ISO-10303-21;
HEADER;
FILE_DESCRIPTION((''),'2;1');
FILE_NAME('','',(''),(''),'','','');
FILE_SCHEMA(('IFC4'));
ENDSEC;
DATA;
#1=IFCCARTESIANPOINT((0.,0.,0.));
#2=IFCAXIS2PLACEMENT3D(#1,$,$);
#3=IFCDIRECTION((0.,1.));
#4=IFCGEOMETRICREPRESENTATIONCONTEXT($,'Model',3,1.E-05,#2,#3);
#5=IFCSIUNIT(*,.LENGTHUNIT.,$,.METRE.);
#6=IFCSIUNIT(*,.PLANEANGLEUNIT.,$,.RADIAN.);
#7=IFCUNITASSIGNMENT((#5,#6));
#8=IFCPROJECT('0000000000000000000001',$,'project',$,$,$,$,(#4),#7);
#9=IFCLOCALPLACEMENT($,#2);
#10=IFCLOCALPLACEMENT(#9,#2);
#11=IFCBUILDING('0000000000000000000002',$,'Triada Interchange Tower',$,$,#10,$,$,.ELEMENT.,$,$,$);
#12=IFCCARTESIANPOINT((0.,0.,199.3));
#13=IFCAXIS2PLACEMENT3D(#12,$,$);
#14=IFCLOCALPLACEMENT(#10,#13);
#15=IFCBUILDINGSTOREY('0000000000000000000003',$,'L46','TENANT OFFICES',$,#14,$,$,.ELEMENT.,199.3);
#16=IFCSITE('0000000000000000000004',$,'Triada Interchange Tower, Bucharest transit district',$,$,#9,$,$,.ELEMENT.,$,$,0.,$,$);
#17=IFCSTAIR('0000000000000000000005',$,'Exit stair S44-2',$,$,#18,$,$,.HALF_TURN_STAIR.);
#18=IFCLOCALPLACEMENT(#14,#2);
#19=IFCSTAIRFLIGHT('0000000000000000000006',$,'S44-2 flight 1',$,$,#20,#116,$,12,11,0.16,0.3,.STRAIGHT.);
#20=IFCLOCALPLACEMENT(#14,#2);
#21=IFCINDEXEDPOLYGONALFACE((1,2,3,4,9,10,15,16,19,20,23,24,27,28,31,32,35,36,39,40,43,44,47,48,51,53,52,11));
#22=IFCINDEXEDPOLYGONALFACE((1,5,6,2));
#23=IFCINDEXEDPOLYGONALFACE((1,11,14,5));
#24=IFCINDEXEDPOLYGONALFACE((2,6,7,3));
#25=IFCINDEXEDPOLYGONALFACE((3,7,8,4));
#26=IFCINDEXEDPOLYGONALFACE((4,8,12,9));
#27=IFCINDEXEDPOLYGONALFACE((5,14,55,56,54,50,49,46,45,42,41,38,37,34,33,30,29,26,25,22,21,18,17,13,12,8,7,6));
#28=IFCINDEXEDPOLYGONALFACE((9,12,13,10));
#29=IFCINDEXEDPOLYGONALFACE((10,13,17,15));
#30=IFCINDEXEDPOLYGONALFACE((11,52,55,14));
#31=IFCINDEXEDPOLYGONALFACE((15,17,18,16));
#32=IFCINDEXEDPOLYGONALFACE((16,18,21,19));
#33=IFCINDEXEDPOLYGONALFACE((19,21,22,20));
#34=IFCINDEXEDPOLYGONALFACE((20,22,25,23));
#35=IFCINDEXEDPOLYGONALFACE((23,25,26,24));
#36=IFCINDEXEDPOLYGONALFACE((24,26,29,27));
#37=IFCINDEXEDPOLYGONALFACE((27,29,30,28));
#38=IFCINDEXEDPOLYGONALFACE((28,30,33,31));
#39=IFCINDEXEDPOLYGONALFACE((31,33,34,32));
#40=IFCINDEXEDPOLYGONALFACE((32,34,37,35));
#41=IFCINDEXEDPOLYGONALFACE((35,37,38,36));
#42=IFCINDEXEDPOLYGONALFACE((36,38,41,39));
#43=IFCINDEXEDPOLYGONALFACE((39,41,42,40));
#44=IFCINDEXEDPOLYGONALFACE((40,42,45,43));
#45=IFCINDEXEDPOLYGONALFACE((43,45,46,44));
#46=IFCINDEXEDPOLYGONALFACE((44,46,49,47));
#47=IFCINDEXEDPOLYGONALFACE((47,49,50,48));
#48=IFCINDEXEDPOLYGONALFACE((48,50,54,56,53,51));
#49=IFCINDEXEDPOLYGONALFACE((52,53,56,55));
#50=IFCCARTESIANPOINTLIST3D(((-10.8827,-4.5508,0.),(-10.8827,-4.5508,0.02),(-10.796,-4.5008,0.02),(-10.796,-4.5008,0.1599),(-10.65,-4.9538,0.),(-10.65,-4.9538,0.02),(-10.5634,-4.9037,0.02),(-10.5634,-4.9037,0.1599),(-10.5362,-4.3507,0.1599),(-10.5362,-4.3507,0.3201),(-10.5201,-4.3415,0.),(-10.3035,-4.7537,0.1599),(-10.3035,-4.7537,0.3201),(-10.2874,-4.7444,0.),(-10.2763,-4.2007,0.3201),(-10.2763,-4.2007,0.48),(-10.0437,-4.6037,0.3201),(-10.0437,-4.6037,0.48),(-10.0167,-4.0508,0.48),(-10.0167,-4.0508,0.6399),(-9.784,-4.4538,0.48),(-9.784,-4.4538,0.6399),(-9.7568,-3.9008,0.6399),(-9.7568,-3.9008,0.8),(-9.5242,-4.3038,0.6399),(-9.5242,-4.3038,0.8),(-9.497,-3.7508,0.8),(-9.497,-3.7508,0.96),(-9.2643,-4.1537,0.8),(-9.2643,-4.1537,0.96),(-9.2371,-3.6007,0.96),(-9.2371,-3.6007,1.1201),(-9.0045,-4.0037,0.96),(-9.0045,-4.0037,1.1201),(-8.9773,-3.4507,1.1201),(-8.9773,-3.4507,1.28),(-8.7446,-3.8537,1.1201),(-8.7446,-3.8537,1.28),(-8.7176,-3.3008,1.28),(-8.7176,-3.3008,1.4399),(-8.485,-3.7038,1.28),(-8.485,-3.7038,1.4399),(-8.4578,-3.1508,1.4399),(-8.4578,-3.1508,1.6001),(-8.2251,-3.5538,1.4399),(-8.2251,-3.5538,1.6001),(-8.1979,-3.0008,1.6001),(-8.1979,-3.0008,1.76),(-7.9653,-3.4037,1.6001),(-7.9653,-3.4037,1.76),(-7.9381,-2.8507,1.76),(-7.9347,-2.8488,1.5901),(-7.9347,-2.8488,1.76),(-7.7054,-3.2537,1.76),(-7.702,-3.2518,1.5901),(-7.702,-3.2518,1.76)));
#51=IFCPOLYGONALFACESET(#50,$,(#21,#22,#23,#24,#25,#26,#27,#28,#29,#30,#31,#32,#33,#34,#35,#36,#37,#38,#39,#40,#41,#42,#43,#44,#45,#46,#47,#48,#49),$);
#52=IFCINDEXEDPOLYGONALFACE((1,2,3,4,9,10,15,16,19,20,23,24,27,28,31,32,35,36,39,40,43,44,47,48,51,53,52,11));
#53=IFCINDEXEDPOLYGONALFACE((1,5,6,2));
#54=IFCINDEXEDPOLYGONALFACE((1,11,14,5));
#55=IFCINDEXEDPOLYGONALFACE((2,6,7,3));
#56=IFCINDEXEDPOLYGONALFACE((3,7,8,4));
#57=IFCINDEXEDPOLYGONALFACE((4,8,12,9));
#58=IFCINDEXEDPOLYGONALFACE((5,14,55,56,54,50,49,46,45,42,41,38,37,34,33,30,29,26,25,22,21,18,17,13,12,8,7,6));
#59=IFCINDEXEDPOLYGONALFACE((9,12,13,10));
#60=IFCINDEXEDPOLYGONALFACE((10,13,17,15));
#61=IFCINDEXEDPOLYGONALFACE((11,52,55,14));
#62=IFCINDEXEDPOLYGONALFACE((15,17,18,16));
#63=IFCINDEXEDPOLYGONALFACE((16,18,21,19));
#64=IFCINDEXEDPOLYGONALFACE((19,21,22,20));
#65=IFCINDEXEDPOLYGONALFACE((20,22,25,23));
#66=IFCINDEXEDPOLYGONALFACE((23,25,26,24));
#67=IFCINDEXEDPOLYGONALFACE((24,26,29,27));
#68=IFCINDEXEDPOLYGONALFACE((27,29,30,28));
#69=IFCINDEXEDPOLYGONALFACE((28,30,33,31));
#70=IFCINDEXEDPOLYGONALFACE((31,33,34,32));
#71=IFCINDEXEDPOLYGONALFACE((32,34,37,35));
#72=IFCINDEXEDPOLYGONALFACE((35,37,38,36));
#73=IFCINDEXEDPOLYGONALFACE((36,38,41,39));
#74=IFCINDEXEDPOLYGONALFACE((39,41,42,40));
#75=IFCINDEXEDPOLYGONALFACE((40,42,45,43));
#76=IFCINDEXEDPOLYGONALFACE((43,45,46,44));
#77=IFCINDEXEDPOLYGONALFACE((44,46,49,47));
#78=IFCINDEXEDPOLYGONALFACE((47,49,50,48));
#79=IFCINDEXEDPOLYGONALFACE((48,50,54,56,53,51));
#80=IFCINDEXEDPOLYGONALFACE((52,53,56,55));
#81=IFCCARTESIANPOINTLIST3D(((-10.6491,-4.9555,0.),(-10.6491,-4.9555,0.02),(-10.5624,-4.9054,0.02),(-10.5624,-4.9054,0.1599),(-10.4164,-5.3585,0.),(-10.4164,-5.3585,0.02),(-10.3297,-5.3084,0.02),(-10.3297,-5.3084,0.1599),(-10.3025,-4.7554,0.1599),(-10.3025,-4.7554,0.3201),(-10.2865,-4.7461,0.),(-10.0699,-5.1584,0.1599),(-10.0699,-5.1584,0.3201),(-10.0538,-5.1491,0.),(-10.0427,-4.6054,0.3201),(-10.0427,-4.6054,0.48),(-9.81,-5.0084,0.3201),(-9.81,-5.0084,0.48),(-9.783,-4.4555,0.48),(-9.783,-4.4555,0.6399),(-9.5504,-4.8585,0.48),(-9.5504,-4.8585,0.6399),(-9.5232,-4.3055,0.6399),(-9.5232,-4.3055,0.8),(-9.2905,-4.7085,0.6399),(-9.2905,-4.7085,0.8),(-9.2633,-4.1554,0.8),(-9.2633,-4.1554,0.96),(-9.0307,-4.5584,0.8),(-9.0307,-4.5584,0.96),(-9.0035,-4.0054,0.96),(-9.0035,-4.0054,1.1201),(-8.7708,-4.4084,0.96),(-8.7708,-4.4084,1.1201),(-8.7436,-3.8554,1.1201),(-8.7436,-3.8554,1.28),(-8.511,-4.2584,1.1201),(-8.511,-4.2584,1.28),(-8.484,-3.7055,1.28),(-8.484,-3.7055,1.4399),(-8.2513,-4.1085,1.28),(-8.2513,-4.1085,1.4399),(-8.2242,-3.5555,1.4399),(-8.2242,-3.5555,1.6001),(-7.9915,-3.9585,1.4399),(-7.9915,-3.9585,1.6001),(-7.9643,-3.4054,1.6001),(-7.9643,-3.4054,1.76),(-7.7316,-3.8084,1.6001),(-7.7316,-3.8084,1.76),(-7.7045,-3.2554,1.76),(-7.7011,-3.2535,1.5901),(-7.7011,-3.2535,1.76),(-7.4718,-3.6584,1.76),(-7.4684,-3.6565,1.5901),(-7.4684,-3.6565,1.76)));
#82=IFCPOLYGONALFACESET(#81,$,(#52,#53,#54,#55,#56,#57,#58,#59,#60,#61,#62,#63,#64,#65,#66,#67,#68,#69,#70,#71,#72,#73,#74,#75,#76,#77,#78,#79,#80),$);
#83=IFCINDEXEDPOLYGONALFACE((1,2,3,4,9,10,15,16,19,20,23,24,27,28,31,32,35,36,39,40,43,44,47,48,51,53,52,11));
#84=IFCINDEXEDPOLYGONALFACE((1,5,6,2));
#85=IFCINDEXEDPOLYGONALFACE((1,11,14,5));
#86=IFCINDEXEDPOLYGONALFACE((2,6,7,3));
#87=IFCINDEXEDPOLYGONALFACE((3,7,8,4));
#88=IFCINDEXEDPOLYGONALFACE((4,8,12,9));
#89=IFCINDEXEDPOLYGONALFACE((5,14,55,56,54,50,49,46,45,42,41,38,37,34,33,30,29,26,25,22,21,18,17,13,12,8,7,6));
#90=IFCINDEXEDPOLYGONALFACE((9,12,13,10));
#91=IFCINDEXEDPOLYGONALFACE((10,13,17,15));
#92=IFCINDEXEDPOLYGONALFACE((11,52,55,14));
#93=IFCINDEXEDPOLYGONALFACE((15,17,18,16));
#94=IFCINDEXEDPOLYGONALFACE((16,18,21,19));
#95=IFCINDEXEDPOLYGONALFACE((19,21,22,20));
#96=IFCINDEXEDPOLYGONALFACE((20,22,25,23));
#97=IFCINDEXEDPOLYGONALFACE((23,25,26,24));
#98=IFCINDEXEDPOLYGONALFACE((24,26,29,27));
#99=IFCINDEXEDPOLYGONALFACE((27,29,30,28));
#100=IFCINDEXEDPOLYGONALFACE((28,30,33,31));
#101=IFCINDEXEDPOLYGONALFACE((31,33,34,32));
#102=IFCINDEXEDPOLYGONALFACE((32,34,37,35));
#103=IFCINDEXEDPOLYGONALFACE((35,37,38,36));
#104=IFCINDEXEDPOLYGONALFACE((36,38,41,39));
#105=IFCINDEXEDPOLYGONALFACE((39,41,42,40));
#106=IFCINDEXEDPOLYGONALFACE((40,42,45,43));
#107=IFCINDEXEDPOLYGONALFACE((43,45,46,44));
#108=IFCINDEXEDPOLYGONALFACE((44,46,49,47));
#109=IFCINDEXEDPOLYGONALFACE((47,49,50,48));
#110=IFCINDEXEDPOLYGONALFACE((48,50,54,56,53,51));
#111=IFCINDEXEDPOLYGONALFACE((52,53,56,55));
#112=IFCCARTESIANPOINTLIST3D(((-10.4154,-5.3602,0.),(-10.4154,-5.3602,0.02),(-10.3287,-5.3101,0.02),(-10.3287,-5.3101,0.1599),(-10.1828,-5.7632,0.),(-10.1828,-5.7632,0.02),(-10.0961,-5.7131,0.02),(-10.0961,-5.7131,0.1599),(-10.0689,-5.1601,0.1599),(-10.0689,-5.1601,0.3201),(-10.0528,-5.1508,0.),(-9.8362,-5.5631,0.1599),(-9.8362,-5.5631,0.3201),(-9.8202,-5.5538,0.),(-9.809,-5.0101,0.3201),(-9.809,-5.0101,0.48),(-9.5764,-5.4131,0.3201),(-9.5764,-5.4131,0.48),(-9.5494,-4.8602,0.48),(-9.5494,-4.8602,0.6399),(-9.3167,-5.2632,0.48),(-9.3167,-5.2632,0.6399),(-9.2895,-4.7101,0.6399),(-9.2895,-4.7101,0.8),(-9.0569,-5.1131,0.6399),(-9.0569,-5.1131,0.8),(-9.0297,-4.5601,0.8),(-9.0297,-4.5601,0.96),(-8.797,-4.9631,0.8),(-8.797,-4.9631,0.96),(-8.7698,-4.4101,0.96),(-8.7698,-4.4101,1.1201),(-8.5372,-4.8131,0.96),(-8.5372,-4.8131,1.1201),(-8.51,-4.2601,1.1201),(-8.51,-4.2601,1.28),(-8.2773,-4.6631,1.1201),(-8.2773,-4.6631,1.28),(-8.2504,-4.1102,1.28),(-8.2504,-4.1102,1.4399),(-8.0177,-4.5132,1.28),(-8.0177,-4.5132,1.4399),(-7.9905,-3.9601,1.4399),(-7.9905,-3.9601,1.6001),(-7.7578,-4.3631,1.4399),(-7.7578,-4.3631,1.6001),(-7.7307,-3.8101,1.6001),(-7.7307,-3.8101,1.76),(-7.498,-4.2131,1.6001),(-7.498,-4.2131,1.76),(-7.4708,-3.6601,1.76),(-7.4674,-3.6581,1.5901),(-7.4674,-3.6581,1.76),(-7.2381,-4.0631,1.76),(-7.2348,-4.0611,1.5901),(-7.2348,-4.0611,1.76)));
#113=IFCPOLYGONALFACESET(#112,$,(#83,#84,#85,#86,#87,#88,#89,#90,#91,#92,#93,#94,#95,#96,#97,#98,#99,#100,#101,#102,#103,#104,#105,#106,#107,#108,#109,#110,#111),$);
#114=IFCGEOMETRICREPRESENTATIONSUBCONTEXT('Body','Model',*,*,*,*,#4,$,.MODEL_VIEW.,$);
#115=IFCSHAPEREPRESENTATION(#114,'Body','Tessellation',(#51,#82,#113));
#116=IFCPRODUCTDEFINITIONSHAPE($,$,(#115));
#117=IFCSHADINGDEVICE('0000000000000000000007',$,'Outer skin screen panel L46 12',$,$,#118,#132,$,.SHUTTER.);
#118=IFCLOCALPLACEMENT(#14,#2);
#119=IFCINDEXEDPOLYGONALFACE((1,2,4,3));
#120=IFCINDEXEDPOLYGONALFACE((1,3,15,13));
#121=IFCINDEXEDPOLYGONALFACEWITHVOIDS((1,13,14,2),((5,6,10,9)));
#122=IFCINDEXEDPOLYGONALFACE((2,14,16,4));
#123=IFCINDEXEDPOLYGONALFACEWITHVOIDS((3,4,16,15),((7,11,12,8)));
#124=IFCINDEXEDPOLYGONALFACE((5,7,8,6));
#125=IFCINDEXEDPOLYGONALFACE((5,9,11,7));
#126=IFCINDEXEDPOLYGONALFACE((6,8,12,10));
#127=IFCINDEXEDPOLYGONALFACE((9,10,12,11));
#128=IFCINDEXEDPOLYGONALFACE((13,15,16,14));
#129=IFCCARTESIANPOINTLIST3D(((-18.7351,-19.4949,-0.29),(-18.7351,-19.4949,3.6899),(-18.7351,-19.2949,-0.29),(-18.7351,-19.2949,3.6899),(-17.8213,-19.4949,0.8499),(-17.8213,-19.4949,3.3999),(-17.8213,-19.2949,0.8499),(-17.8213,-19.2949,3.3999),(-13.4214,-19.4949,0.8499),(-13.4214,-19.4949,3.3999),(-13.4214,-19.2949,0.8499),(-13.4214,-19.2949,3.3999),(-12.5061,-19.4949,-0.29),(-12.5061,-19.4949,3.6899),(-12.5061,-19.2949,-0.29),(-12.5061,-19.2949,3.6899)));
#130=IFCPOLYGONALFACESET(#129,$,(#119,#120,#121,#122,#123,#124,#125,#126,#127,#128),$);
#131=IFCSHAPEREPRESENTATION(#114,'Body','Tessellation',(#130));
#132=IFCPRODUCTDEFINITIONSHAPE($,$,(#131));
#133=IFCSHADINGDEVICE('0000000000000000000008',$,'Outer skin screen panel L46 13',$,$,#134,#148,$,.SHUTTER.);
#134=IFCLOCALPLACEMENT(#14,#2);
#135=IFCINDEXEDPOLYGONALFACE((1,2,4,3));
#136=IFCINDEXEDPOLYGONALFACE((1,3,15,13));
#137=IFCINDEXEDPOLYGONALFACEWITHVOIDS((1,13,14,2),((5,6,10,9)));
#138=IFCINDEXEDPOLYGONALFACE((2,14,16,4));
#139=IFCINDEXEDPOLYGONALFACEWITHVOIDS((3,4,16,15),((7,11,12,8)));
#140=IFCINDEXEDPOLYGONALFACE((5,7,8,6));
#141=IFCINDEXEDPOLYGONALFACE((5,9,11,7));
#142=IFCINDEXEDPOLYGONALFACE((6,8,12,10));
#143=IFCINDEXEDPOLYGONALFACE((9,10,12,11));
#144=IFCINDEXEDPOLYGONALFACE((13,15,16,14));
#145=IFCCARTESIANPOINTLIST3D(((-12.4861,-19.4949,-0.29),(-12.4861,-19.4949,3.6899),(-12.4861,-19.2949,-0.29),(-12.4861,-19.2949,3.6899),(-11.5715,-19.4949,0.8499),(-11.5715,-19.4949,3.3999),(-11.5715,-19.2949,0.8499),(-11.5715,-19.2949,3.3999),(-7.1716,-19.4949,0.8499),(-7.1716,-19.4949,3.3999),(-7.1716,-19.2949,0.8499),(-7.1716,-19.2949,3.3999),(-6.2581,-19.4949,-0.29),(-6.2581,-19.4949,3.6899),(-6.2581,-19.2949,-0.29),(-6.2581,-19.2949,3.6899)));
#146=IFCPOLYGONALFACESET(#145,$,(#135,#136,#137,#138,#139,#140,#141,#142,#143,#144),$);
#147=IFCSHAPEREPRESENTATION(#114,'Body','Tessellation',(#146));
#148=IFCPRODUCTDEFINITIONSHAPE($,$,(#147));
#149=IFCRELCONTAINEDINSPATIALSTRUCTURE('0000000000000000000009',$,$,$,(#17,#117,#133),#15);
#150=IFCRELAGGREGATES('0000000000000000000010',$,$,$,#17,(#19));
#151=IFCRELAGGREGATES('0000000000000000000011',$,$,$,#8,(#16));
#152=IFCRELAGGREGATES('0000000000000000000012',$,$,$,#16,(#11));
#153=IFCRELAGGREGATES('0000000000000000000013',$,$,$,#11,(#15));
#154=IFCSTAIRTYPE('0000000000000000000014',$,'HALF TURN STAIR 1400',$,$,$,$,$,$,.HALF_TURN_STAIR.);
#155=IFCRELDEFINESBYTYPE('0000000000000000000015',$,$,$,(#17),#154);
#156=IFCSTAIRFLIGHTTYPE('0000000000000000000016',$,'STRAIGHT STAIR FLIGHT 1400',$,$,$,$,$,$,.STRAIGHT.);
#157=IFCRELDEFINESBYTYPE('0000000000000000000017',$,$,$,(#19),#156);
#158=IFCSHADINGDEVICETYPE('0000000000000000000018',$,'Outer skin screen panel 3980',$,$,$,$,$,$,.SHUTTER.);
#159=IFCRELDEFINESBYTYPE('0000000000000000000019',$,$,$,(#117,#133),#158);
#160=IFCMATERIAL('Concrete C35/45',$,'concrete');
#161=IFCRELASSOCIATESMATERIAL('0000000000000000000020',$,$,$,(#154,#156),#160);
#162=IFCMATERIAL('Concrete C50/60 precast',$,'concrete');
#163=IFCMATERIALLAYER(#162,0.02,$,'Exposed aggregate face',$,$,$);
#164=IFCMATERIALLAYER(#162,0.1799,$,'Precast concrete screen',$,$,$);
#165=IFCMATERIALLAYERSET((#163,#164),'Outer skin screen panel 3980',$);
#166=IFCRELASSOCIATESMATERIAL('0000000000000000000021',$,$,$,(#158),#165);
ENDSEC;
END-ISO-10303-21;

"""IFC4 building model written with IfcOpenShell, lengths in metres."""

from ifc_helpers import new_model, si_unit, direction, frame, origin, place, context, subcontext, project, spatial, polyline, outline, extrude, material, layer, layer_set, type_object, element, aggregate, save


model = new_model("IFC4")

# Units and contexts
model_context = context("Model", 3, precision=1e-05, world=origin(), true_north=direction((0.0, 1.0)))
body_context = subcontext(model_context, "Body", "Model", "MODEL_VIEW")
ifc_project = project(units=[si_unit("LENGTHUNIT", "METRE"), si_unit("PLANEANGLEUNIT", "RADIAN")], contexts=[model_context])

# Site, building, storey
site_placement = place(None, origin())
site = spatial("IfcSite", under=ifc_project, at=site_placement, Name="Triada Interchange Tower, Bucharest transit district", CompositionType="ELEMENT", RefElevation=0.0)
building_placement = place(site_placement, origin())
building = spatial("IfcBuilding", under=site, at=building_placement, Name="Triada Interchange Tower", CompositionType="ELEMENT")
storey_placement = place(building_placement, frame((0.0, 0.0, 199.3)))
storey = spatial("IfcBuildingStorey", under=building, at=storey_placement, Name="L46", Description="TENANT OFFICES", CompositionType="ELEMENT", Elevation=199.3)

# Stair, stair flight
ifc_material_1 = material(Name="Concrete C35/45", Category="concrete")
stair_type = type_object("IfcStairType", Name="HALF TURN STAIR 1400", PredefinedType="HALF_TURN_STAIR", material=ifc_material_1)
stair_placement = place(storey_placement, origin())
stair = element("IfcStair", 1, at=stair_placement, inside=storey, type_object=stair_type, Name="Exit stair S44-2", PredefinedType="HALF_TURN_STAIR")
stair_flight_type = type_object("IfcStairFlightType", Name="STRAIGHT STAIR FLIGHT 1400", PredefinedType="STRAIGHT", material=ifc_material_1)
stair_flight_placement = place(storey_placement, frame((-10.446, -5.1069, 0.0), z_axis=(0.0, 0.0, 1.0), x_axis=(0.866025, 0.5, 0.0)))
stair_flight = element("IfcStairFlight", 2, at=stair_flight_placement, type_object=stair_flight_type, Name="S44-2 flight 1", NumberOfRisers=12, NumberOfTreads=11, PredefinedType="STRAIGHT", RiserHeight=0.16, TreadLength=0.3, context=body_context, shape_type="SweptSolid", body=[
    extrude(outline(polyline([(-0.1001, 0.0), (-0.1001, 0.02), (0.0, 0.02), (0.0, 0.1599), (0.3, 0.1599), (0.3, 0.3201), (0.6001, 0.3201), (0.6001, 0.48), (0.8999, 0.48), (0.8999, 0.6399), (1.2, 0.6399), (1.2, 0.8), (1.5, 0.8), (1.5, 0.96), (1.8, 0.96), (1.8, 1.1201), (2.1001, 1.1201), (2.1001, 1.28), (2.3999, 1.28), (2.3999, 1.4399), (2.7, 1.4399), (2.7, 1.6001), (3.0, 1.6001), (3.0, 1.76), (3.3, 1.76), (3.304, 1.76), (3.304, 1.9199), (3.304, 1.5901), (0.3186, 0.0), (-0.1001, 0.0)])), frame((0.0, 0.7, 0.0), z_axis=(0.0, -1.0, 0.0), x_axis=(1.0, 0.0, 0.0)), (0.0, 0.0, 1.0), 0.4653),
    extrude(outline(polyline([(-0.1001, 0.0), (-0.1001, 0.02), (0.0, 0.02), (0.0, 0.1599), (0.3, 0.1599), (0.3, 0.3201), (0.6001, 0.3201), (0.6001, 0.48), (0.8999, 0.48), (0.8999, 0.6399), (1.2, 0.6399), (1.2, 0.8), (1.5, 0.8), (1.5, 0.96), (1.8, 0.96), (1.8, 1.1201), (2.1001, 1.1201), (2.1001, 1.28), (2.3999, 1.28), (2.3999, 1.4399), (2.7, 1.4399), (2.7, 1.6001), (3.0, 1.6001), (3.0, 1.76), (3.3, 1.76), (3.304, 1.76), (3.304, 1.9199), (3.304, 1.5901), (0.3186, 0.0), (-0.1001, 0.0)])), frame((0.0, 0.2327, 0.0), z_axis=(0.0, -1.0, 0.0), x_axis=(1.0, 0.0, 0.0)), (0.0, 0.0, 1.0), 0.4653),
    extrude(outline(polyline([(-0.1001, 0.0), (-0.1001, 0.02), (0.0, 0.02), (0.0, 0.1599), (0.3, 0.1599), (0.3, 0.3201), (0.6001, 0.3201), (0.6001, 0.48), (0.8999, 0.48), (0.8999, 0.6399), (1.2, 0.6399), (1.2, 0.8), (1.5, 0.8), (1.5, 0.96), (1.8, 0.96), (1.8, 1.1201), (2.1001, 1.1201), (2.1001, 1.28), (2.3999, 1.28), (2.3999, 1.4399), (2.7, 1.4399), (2.7, 1.6001), (3.0, 1.6001), (3.0, 1.76), (3.3, 1.76), (3.304, 1.76), (3.304, 1.9199), (3.304, 1.5901), (0.3186, 0.0), (-0.1001, 0.0)])), frame((0.0, -0.2346, 0.0), z_axis=(0.0, -1.0, 0.0), x_axis=(1.0, 0.0, 0.0)), (0.0, 0.0, 1.0), 0.4653),
])

# Shading devices
ifc_material_2 = material(Name="Concrete C50/60 precast", Category="concrete")
ifc_layer_1 = layer(ifc_material_2, 0.02, Name="Exposed aggregate face")
ifc_layer_2 = layer(ifc_material_2, 0.1799, Name="Precast concrete screen")
ifc_layer_set_1 = layer_set([ifc_layer_1, ifc_layer_2], Name="Outer skin screen panel 3980")
shading_device_type = type_object("IfcShadingDeviceType", Name="Outer skin screen panel 3980", PredefinedType="SHUTTER", material=ifc_layer_set_1)
shading_device_1_placement = place(storey_placement, frame((-18.7351, -19.2949, -0.29), z_axis=(0.0, 0.0, 1.0), x_axis=(1.0, 0.0, 0.0)))
element("IfcShadingDevice", 3, at=shading_device_1_placement, inside=storey, type_object=shading_device_type, Name="Outer skin screen panel L46 12", PredefinedType="SHUTTER", context=body_context, shape_type="SweptSolid", body=[
    extrude(outline(polyline([(0.0, 0.0), (6.229, 0.0), (6.229, 3.98), (0.0, 3.98), (0.0, 0.0)]), holes=[polyline([(0.9138, 1.1399), (0.9138, 3.6899), (5.3137, 3.6899), (5.3137, 1.1399), (0.9138, 1.1399)])]), frame((0.0, 0.0, 0.0), z_axis=(0.0, -1.0, 0.0), x_axis=(1.0, 0.0, 0.0)), (0.0, 0.0, 1.0), 0.2),
])
shading_device_2_placement = place(storey_placement, frame((-12.4861, -19.2949, -0.29), z_axis=(0.0, 0.0, 1.0), x_axis=(1.0, 0.0, 0.0)))
element("IfcShadingDevice", 4, at=shading_device_2_placement, inside=storey, type_object=shading_device_type, Name="Outer skin screen panel L46 13", PredefinedType="SHUTTER", context=body_context, shape_type="SweptSolid", body=[
    extrude(outline(polyline([(0.0, 0.0), (6.228, 0.0), (6.228, 3.98), (0.0, 3.98), (0.0, 0.0)]), holes=[polyline([(0.9146, 1.1399), (0.9146, 3.6899), (5.3145, 3.6899), (5.3145, 1.1399), (0.9146, 1.1399)])]), frame((0.0, 0.0, 0.0), z_axis=(0.0, -1.0, 0.0), x_axis=(1.0, 0.0, 0.0)), (0.0, 0.0, 1.0), 0.2),
])

aggregate(stair, [stair_flight])

save(model, "model.ifc")
